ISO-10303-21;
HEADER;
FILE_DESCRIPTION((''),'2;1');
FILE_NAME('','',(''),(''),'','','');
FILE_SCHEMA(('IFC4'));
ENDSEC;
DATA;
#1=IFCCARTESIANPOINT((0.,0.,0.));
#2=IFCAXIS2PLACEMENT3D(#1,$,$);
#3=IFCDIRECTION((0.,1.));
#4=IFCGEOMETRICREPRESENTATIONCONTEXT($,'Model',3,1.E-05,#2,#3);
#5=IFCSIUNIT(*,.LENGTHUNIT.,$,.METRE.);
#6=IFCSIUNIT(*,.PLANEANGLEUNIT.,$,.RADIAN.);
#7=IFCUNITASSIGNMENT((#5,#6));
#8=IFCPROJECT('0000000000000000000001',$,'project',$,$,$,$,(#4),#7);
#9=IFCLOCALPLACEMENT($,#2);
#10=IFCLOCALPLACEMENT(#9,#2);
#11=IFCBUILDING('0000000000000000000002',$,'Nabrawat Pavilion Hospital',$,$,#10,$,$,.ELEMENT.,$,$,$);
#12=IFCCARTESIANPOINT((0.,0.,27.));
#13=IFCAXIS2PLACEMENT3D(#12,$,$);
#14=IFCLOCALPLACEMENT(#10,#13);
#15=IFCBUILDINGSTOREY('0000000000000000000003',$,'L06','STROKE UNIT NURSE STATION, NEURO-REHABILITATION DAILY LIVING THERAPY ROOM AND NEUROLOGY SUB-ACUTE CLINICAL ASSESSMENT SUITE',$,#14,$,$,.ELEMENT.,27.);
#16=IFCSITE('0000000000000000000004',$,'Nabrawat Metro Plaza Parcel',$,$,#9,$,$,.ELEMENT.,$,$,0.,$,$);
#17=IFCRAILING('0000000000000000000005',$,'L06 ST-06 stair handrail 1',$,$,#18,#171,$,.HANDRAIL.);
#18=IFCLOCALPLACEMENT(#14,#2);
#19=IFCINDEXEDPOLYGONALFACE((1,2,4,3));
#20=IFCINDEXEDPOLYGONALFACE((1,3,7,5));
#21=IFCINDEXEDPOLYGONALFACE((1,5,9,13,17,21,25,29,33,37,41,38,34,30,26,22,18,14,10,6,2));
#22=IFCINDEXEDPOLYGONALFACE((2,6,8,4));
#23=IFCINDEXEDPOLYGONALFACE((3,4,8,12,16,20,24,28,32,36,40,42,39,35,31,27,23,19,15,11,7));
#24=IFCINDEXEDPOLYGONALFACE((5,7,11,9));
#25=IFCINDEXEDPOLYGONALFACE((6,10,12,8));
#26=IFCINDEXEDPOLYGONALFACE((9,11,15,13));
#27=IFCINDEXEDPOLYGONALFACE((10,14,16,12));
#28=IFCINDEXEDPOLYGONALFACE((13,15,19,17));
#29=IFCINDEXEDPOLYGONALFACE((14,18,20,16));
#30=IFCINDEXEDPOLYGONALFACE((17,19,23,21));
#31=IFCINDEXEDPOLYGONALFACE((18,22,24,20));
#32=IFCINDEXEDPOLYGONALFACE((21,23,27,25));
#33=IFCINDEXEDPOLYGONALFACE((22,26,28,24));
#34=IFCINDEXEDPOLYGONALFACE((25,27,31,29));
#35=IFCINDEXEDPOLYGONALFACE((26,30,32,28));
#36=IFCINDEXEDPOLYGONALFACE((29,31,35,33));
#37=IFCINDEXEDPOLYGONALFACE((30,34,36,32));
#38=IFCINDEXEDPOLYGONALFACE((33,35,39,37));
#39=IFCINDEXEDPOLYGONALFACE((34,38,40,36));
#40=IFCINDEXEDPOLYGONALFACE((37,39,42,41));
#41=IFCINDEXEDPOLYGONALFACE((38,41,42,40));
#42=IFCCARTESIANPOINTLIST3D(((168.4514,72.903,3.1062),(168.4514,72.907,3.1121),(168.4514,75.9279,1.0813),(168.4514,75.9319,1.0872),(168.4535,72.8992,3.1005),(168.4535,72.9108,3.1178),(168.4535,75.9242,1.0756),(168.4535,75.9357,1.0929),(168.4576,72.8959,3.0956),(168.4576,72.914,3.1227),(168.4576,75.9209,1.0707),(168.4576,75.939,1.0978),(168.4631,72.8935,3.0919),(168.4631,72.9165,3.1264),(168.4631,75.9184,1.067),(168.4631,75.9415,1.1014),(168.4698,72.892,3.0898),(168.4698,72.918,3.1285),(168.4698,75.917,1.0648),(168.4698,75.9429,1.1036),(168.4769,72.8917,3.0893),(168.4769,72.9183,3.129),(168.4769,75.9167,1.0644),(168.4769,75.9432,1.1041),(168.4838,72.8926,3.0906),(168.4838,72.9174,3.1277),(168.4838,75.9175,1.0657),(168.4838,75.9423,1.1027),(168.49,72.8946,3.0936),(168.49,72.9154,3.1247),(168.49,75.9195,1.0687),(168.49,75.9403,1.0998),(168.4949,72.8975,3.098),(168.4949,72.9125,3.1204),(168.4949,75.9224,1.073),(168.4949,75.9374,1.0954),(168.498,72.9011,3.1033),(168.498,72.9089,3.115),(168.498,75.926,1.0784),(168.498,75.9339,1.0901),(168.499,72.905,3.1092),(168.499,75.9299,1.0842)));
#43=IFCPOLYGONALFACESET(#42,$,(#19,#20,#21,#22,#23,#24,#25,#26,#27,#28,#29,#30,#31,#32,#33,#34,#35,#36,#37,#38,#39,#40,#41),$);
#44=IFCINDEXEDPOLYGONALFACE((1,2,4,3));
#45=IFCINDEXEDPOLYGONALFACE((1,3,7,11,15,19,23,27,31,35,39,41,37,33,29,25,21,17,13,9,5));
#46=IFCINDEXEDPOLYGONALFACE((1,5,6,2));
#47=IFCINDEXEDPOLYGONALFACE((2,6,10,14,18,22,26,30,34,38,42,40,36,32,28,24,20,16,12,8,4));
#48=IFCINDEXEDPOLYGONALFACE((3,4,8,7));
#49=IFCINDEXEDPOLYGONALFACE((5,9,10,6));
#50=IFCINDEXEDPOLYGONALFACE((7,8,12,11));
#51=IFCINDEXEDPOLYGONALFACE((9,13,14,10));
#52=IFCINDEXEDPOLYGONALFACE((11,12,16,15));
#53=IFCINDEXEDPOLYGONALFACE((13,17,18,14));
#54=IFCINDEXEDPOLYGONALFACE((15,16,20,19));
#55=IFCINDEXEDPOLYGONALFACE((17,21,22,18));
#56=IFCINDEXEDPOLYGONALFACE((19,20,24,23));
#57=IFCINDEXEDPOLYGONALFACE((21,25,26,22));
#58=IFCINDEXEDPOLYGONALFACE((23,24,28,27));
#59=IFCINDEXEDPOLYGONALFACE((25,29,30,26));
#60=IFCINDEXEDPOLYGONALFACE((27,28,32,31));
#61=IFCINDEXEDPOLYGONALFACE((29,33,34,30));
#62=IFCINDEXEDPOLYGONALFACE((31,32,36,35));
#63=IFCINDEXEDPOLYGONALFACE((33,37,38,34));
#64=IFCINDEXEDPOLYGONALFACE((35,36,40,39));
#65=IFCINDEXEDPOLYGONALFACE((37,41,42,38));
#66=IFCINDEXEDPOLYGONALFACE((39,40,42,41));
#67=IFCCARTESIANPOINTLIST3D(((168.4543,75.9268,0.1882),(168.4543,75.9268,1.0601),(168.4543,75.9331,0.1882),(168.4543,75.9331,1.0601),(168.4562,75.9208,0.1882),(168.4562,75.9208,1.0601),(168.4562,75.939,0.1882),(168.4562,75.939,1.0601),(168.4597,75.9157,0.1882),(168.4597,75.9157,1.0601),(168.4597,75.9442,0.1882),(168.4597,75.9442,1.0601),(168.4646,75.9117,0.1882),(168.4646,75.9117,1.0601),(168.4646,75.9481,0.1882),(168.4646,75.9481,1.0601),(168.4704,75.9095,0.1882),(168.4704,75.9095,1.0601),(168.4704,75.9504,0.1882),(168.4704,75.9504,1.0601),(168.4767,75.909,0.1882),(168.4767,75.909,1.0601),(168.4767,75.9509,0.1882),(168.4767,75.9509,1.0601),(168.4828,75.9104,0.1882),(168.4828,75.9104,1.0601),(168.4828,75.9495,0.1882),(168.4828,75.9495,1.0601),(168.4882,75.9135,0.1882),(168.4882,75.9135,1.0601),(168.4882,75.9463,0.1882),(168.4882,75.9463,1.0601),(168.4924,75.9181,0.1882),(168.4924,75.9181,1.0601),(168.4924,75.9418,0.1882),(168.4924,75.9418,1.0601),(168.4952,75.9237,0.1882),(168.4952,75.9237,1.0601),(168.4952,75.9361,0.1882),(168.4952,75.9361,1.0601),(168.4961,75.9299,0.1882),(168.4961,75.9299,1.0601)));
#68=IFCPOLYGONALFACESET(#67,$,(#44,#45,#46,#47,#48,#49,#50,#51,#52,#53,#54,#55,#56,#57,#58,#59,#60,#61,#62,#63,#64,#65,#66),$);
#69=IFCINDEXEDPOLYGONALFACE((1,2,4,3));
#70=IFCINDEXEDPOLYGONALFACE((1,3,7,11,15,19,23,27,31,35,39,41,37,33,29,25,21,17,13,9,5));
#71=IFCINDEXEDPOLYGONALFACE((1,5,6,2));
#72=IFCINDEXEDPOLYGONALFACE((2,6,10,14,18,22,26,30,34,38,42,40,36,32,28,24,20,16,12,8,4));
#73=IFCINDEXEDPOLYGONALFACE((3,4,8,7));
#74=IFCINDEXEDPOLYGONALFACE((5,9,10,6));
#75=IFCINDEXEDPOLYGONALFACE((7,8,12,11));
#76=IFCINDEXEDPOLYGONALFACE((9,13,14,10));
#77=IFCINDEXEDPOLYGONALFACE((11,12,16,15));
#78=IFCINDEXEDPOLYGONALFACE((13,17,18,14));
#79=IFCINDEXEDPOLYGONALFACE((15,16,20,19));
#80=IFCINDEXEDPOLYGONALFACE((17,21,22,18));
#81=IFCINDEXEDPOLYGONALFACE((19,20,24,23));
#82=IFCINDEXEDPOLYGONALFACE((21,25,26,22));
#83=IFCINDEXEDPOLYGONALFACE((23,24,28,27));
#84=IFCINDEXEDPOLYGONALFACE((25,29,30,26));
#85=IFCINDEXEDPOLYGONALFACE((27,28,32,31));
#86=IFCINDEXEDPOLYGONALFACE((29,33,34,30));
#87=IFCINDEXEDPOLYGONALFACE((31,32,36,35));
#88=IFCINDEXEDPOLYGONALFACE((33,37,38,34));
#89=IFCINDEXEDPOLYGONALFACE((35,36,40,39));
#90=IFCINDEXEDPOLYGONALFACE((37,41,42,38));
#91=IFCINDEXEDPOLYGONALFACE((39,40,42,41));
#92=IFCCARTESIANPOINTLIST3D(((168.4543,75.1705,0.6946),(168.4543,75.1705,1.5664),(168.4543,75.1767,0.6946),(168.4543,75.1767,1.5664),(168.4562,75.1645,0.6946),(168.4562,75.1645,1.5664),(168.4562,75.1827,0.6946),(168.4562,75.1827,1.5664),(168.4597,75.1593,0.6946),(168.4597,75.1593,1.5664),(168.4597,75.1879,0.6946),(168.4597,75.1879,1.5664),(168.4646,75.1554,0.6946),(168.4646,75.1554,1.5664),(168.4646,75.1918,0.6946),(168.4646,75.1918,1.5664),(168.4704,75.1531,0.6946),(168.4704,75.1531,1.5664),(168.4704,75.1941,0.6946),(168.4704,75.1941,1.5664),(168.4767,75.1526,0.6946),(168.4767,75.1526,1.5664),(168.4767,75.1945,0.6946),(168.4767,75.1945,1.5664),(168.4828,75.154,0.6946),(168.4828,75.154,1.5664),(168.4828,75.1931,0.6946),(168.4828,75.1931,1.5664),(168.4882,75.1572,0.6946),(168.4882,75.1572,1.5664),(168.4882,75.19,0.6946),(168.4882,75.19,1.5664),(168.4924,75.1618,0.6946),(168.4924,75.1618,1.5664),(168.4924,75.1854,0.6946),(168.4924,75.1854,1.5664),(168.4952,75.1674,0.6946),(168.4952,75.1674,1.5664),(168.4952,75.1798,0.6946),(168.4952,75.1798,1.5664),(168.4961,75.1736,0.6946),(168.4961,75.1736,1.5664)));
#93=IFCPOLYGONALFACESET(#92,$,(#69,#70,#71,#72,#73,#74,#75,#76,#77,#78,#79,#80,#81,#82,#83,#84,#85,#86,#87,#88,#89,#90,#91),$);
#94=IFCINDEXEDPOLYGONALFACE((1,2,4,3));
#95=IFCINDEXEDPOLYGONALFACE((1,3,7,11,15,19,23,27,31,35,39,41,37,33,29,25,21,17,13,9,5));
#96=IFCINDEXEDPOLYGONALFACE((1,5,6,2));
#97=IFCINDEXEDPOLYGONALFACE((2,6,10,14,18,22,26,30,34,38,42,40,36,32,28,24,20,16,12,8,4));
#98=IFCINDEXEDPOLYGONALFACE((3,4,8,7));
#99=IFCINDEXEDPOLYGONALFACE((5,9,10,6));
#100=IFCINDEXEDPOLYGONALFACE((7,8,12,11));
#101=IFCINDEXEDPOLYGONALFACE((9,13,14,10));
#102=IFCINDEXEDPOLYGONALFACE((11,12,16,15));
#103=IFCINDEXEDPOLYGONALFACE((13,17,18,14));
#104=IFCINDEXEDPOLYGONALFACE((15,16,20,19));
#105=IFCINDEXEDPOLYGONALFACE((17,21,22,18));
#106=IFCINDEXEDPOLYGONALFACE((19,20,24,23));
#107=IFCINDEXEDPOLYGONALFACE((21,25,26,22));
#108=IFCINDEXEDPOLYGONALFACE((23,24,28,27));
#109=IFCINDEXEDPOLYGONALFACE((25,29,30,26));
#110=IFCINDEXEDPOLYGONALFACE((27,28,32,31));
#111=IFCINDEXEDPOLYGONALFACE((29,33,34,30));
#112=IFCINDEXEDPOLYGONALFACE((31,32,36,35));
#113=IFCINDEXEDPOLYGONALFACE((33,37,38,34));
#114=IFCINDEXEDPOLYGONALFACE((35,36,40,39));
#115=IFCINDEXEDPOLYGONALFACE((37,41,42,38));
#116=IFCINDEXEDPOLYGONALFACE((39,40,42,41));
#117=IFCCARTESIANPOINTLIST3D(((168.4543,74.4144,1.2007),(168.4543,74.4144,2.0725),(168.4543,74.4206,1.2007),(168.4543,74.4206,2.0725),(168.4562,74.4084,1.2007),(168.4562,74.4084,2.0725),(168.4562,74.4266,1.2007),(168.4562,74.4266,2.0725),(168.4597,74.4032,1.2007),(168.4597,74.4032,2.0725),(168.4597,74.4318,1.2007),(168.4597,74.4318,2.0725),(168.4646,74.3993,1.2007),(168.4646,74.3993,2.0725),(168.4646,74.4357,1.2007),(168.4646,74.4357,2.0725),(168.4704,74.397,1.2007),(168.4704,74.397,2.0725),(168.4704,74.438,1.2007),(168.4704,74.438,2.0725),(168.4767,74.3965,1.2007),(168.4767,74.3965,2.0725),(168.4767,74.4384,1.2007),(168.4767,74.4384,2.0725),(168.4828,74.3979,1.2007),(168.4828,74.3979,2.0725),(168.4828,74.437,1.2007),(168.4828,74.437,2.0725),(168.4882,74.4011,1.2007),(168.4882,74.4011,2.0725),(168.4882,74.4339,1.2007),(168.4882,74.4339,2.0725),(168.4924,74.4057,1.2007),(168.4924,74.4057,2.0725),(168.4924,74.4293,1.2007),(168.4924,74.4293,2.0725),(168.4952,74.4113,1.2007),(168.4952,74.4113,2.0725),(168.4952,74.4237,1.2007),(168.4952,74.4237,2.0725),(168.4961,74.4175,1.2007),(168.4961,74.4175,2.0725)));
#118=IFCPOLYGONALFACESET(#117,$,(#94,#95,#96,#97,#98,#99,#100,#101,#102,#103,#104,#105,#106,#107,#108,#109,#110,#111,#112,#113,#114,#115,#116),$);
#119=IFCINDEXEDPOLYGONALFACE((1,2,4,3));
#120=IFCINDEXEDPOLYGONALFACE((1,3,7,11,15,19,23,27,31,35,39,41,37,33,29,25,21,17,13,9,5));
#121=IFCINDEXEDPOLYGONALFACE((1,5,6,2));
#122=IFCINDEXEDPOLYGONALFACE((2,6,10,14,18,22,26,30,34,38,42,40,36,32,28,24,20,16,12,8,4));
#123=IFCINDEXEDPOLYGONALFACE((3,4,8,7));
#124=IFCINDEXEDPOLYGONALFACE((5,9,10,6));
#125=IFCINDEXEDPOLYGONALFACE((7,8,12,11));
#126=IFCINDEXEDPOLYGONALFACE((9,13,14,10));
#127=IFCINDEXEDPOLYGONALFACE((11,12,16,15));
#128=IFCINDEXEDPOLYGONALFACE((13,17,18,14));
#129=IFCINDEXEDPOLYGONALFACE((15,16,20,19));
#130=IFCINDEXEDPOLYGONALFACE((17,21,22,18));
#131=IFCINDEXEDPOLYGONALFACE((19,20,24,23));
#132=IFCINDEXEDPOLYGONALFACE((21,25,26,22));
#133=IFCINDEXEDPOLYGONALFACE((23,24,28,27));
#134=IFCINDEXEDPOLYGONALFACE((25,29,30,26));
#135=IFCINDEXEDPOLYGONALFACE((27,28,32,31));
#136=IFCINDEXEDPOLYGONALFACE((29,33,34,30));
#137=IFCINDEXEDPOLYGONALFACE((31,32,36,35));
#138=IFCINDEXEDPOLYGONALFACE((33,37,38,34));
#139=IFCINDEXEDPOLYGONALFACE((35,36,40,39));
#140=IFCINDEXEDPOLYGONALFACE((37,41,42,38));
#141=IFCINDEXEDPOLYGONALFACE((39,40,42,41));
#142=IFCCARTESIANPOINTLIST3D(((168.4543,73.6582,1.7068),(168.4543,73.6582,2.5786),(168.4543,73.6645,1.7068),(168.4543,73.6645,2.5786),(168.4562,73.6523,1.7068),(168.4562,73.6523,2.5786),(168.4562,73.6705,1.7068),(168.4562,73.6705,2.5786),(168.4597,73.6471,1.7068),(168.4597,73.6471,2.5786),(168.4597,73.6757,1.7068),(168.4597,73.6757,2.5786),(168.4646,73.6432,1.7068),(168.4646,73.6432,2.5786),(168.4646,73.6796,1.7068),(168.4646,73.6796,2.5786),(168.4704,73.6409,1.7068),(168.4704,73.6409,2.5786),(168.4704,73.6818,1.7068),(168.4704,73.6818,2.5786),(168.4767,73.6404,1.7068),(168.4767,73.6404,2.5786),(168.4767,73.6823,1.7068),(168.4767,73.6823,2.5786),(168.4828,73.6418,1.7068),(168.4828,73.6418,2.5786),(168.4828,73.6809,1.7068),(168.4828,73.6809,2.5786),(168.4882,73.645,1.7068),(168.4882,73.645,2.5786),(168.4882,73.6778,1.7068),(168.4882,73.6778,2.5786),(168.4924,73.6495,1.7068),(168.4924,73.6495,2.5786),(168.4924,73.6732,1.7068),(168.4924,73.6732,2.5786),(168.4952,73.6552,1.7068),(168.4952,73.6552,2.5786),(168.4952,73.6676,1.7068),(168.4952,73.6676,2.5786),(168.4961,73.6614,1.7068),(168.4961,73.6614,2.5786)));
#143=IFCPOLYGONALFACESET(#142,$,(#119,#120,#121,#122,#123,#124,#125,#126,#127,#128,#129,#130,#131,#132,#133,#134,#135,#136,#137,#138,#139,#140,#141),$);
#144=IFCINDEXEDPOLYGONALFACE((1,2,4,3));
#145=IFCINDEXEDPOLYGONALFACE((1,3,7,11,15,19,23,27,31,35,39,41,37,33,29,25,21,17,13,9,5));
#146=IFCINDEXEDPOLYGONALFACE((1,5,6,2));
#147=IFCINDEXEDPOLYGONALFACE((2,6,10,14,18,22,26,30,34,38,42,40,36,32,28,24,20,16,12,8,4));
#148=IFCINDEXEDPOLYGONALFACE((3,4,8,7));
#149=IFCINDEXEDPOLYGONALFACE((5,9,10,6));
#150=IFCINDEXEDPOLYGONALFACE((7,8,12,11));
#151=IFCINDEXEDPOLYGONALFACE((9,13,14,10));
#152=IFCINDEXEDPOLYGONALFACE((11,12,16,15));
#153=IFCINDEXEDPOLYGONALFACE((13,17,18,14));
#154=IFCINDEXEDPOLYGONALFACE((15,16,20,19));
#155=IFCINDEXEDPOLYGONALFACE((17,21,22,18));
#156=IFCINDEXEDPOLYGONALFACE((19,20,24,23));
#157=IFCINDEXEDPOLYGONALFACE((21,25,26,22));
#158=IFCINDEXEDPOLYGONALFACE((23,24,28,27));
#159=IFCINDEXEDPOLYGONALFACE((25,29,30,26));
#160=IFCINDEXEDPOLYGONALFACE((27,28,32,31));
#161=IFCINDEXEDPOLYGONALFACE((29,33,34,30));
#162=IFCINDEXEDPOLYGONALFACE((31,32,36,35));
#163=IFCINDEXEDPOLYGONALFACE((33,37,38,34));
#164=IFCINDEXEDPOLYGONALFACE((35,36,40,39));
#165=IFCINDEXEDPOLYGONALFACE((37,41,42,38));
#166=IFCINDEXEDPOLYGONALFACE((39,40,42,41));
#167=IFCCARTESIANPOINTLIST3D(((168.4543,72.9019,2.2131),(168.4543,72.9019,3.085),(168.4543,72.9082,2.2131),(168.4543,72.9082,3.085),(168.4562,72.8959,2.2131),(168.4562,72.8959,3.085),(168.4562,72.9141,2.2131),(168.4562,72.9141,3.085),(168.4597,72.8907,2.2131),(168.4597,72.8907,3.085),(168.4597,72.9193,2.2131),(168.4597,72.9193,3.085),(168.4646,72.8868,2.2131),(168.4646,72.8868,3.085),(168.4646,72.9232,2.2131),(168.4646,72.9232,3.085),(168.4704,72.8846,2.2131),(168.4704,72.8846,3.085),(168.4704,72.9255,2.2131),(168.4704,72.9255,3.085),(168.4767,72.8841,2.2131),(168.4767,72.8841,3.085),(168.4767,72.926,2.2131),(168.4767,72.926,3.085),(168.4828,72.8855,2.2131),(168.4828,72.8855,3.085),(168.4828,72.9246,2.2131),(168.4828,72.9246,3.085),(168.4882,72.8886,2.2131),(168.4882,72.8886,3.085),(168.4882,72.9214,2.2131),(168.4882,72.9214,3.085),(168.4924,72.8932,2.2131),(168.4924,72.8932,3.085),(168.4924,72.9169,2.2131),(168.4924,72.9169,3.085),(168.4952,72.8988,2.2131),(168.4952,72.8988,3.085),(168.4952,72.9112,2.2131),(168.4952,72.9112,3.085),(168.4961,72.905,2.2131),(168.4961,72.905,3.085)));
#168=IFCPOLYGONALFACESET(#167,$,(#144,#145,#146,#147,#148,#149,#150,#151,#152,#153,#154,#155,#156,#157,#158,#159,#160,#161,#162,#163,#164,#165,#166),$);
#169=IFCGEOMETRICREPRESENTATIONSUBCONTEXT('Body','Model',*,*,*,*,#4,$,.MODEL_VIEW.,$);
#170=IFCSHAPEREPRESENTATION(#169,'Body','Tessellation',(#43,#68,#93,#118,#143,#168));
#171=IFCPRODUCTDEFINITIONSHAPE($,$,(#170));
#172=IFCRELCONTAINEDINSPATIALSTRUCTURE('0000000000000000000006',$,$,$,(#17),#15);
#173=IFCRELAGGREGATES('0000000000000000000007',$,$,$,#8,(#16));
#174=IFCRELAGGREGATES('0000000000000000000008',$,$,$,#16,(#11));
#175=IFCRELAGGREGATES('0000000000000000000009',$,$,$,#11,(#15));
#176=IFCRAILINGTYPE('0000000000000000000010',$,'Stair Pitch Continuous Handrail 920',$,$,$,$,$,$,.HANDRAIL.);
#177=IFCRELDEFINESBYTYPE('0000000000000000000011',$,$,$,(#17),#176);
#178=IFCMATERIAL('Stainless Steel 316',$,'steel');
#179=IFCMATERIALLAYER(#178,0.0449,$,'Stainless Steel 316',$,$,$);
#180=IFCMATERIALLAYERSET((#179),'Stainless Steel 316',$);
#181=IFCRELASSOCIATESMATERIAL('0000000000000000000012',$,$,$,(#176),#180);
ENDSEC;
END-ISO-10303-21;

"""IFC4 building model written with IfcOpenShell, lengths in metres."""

from ifc_helpers import new_model, si_unit, direction, frame, origin, origin_2d, place, context, subcontext, project, spatial, circle, extrude, material, layer, layer_set, type_object, element, save


model = new_model("IFC4")

# Units and contexts
model_context = context("Model", 3, precision=1e-05, world=origin(), true_north=direction((0.0, 1.0)))
body_context = subcontext(model_context, "Body", "Model", "MODEL_VIEW")
ifc_project = project(units=[si_unit("LENGTHUNIT", "METRE"), si_unit("PLANEANGLEUNIT", "RADIAN")], contexts=[model_context])

# Site, building, storey
site_placement = place(None, origin())
site = spatial("IfcSite", under=ifc_project, at=site_placement, Name="Nabrawat Metro Plaza Parcel", CompositionType="ELEMENT", RefElevation=0.0)
building_placement = place(site_placement, origin())
building = spatial("IfcBuilding", under=site, at=building_placement, Name="Nabrawat Pavilion Hospital", CompositionType="ELEMENT")
storey_placement = place(building_placement, frame((0.0, 0.0, 27.0)))
storey = spatial("IfcBuildingStorey", under=building, at=storey_placement, Name="L06", Description="STROKE UNIT NURSE STATION, NEURO-REHABILITATION DAILY LIVING THERAPY ROOM AND NEUROLOGY SUB-ACUTE CLINICAL ASSESSMENT SUITE", CompositionType="ELEMENT", Elevation=27.0)

# Railing
ifc_material_1 = material(Name="Stainless Steel 316", Category="steel")
ifc_layer_1 = layer(ifc_material_1, 0.0449, Name="Stainless Steel 316")
ifc_layer_set_1 = layer_set([ifc_layer_1], Name="Stainless Steel 316")
railing_type_1 = type_object("IfcRailingType", Name="Stair Pitch Continuous Handrail 920", PredefinedType="HANDRAIL", material=ifc_layer_set_1)
railing_1_placement = place(storey_placement, frame((168.4751, 75.9299, 0.1882)))
element("IfcRailing", 1, at=railing_1_placement, inside=storey, type_object=railing_type_1, Name="L06 ST-06 stair handrail 1", PredefinedType="HANDRAIL", context=body_context, shape_type="SweptSolid", body=[
    extrude(circle(Radius=0.0239, at=origin_2d()), frame((0.0, 0.0, 0.896), z_axis=(0.0, -0.830996, 0.556278), x_axis=(1.0, 0.0, 0.0)), (0.0, 0.0, 1.0), 3.6401),
    extrude(circle(Radius=0.021, at=origin_2d()), origin(), (0.0, 0.0, 1.0), 0.8718),
    extrude(circle(Radius=0.021, at=origin_2d()), frame((0.0, -0.7563, 0.5063)), (0.0, 0.0, 1.0), 0.8718),
    extrude(circle(Radius=0.021, at=origin_2d()), frame((0.0, -1.5125, 1.0125)), (0.0, 0.0, 1.0), 0.8718),
    extrude(circle(Radius=0.021, at=origin_2d()), frame((0.0, -2.2686, 1.5186)), (0.0, 0.0, 1.0), 0.8718),
    extrude(circle(Radius=0.021, at=origin_2d()), frame((0.0, -3.0249, 2.0249)), (0.0, 0.0, 1.0), 0.8718),
])

save(model, "model.ifc")
